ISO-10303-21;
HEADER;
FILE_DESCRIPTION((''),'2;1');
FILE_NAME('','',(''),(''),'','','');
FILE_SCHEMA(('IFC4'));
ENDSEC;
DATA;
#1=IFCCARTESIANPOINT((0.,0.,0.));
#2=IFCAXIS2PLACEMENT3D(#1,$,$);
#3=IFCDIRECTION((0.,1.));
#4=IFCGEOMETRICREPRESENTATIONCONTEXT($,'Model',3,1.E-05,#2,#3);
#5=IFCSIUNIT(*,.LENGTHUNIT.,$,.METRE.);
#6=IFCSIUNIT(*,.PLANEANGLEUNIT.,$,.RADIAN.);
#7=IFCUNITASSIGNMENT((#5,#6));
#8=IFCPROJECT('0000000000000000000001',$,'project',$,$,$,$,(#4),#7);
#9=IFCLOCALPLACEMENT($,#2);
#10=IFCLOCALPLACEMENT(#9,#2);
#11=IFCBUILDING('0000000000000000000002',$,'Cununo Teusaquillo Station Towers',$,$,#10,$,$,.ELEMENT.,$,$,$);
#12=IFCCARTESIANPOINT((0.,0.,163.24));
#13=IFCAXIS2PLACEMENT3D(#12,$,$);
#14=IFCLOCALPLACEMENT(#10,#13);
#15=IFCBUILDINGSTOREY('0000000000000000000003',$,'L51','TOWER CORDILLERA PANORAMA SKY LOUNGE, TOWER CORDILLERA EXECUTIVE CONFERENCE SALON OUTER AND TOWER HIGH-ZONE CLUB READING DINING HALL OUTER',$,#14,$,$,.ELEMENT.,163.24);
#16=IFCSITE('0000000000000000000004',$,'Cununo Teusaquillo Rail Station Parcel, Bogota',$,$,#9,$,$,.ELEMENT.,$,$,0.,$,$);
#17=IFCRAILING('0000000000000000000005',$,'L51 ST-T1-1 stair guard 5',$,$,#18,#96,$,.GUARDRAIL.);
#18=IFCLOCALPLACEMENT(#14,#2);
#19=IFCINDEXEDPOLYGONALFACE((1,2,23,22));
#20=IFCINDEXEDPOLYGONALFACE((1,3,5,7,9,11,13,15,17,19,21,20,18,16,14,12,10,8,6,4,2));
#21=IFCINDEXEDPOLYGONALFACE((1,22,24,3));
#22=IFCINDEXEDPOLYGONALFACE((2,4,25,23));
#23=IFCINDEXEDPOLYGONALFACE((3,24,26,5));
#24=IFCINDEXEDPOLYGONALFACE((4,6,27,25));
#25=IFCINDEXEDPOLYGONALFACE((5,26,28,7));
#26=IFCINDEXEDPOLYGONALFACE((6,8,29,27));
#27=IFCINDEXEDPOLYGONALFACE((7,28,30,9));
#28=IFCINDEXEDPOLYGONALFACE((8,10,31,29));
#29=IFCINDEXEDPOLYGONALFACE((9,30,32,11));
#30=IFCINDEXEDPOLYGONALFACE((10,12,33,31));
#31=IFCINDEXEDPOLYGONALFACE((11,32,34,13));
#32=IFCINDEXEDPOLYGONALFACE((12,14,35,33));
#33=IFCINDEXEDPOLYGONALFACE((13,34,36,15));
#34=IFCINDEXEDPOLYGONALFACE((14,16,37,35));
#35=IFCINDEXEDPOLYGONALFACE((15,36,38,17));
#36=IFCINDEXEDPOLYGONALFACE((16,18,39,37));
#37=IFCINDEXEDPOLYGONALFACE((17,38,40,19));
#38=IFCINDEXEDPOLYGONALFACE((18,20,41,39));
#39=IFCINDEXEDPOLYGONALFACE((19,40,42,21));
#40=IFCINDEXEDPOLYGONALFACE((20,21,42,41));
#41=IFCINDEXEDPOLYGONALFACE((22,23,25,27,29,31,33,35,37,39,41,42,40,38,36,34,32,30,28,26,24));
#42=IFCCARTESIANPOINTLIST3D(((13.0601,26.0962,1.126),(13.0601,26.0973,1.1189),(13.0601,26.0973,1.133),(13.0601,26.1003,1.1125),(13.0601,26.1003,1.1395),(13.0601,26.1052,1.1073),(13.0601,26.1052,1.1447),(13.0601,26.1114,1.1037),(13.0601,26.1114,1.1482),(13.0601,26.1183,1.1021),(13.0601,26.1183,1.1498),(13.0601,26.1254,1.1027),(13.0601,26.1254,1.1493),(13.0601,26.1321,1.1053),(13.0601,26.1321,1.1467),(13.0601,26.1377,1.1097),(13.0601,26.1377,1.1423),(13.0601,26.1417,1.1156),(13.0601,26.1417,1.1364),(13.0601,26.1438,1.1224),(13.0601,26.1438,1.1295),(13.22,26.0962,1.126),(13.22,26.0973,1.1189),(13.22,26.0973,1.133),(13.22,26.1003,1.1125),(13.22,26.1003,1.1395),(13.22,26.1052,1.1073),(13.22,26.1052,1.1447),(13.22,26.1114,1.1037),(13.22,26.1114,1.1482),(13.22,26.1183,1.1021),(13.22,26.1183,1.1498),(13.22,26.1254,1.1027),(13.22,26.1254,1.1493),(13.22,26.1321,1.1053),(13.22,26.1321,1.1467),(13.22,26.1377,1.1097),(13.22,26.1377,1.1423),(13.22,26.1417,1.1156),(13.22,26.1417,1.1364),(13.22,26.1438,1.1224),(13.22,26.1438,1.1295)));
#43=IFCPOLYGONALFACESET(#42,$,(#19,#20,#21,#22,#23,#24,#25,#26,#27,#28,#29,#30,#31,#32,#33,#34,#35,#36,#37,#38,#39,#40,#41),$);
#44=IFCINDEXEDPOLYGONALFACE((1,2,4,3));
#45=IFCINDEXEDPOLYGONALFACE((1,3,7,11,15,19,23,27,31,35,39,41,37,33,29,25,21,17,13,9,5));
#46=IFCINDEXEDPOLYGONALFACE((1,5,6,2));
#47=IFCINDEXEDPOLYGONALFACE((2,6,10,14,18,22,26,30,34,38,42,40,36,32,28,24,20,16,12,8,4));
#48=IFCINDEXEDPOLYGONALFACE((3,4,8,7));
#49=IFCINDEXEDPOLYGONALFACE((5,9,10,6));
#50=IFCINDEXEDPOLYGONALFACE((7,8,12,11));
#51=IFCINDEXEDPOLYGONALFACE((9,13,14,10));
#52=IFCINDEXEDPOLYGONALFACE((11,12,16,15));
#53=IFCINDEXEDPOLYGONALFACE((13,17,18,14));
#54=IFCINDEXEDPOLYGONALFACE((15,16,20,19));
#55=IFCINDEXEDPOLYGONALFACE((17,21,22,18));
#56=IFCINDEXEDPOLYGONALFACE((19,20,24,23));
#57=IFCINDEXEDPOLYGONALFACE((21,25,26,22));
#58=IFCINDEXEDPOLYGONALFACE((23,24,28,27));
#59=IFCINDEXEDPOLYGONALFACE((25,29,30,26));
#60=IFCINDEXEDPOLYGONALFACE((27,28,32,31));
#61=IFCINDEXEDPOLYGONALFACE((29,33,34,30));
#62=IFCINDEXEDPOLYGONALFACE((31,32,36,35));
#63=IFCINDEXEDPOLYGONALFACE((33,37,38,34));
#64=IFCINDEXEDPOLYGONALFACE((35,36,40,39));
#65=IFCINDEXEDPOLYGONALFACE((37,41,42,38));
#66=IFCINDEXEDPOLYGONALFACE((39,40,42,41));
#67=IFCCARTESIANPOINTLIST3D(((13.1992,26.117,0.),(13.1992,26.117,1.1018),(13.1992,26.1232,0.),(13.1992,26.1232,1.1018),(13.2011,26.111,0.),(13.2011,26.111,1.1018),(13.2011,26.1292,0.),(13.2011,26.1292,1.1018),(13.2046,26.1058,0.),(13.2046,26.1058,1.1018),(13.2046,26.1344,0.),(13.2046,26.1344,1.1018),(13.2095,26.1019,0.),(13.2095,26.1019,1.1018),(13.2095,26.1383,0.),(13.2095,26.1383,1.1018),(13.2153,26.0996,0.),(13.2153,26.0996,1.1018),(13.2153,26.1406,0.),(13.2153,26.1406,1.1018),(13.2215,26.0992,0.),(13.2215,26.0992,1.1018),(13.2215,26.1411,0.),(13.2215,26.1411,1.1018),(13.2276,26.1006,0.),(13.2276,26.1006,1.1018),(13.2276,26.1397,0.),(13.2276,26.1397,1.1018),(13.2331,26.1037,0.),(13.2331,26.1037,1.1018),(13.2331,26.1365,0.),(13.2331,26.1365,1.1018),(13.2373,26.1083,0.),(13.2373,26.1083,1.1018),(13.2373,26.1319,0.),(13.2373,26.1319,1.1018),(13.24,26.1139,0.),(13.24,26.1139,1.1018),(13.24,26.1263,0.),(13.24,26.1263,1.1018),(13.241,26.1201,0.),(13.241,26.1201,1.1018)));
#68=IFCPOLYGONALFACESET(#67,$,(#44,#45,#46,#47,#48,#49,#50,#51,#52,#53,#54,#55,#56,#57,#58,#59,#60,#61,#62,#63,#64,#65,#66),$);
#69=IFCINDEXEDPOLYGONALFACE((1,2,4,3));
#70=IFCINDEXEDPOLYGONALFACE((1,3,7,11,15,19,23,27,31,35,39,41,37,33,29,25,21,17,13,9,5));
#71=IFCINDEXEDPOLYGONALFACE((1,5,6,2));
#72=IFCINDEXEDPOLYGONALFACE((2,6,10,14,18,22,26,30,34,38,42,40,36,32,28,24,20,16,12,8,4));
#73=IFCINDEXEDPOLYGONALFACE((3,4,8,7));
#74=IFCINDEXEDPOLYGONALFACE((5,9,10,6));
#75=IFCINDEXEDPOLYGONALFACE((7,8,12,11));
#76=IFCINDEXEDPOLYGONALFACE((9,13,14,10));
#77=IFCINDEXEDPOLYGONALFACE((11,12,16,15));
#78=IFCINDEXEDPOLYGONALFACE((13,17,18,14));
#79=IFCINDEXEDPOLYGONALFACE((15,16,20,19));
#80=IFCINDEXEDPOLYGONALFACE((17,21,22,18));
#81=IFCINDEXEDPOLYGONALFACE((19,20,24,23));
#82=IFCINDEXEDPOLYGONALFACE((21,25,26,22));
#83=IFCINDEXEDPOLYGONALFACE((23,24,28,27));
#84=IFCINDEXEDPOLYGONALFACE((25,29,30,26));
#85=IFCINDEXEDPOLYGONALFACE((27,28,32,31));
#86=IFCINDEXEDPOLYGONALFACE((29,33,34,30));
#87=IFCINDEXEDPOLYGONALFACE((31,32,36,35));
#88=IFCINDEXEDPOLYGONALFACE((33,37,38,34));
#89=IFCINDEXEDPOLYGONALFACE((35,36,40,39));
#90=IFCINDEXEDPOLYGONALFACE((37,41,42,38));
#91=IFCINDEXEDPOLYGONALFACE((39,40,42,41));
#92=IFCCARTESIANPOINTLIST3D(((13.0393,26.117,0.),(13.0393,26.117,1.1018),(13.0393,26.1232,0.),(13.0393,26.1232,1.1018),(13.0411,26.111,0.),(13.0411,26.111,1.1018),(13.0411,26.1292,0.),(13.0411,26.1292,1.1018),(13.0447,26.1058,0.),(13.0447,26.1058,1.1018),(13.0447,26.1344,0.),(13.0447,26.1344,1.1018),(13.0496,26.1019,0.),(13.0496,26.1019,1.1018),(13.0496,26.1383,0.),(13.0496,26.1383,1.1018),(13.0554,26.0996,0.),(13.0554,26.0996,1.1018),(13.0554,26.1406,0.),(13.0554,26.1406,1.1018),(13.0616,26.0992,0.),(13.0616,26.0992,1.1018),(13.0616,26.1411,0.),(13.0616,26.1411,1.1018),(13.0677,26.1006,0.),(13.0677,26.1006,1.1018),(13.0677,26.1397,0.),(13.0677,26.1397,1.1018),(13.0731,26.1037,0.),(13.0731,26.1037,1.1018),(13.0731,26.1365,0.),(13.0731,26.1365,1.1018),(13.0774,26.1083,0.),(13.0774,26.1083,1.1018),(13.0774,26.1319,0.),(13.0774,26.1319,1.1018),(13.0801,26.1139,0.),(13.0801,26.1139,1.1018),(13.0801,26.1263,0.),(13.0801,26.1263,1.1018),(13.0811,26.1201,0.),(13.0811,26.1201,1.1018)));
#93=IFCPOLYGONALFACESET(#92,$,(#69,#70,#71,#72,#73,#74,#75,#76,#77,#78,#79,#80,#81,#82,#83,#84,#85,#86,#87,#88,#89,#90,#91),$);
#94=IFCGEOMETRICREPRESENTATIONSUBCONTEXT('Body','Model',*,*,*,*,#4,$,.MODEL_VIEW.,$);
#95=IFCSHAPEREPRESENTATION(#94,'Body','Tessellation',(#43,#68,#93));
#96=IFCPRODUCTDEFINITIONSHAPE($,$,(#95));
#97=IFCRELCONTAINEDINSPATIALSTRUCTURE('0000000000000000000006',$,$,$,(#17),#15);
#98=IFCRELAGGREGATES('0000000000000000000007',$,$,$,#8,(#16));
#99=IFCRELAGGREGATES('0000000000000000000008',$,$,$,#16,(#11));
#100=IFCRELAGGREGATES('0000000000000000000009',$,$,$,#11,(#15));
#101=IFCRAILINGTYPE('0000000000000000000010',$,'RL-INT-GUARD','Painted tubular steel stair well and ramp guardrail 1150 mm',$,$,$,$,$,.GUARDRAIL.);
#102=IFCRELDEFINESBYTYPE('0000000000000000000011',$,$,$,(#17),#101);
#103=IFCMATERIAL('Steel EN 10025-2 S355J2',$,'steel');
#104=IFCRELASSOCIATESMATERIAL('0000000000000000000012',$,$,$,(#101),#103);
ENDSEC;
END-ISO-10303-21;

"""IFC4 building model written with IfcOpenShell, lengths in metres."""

from ifc_helpers import new_model, si_unit, direction, frame, origin, origin_2d, place, context, subcontext, project, spatial, circle, extrude, material, type_object, element, save


model = new_model("IFC4")

# Units and contexts
model_context = context("Model", 3, precision=1e-05, world=origin(), true_north=direction((0.0, 1.0)))
body_context = subcontext(model_context, "Body", "Model", "MODEL_VIEW")
ifc_project = project(units=[si_unit("LENGTHUNIT", "METRE"), si_unit("PLANEANGLEUNIT", "RADIAN")], contexts=[model_context])

# Site, building, storey
site_placement = place(None, origin())
site = spatial("IfcSite", under=ifc_project, at=site_placement, Name="Cununo Teusaquillo Rail Station Parcel, Bogota", CompositionType="ELEMENT", RefElevation=0.0)
building_placement = place(site_placement, origin())
building = spatial("IfcBuilding", under=site, at=building_placement, Name="Cununo Teusaquillo Station Towers", CompositionType="ELEMENT")
storey_placement = place(building_placement, frame((0.0, 0.0, 163.24)))
storey = spatial("IfcBuildingStorey", under=building, at=storey_placement, Name="L51", Description="TOWER CORDILLERA PANORAMA SKY LOUNGE, TOWER CORDILLERA EXECUTIVE CONFERENCE SALON OUTER AND TOWER HIGH-ZONE CLUB READING DINING HALL OUTER", CompositionType="ELEMENT", Elevation=163.24)

# Railing
ifc_material_1 = material(Name="Steel EN 10025-2 S355J2", Category="steel")
railing_type_1 = type_object("IfcRailingType", Name="RL-INT-GUARD", Description="Painted tubular steel stair well and ramp guardrail 1150 mm", PredefinedType="GUARDRAIL", material=ifc_material_1)
railing_1_placement = place(storey_placement, frame((13.22, 26.1201, 0.0)))
element("IfcRailing", 1, at=railing_1_placement, inside=storey, type_object=railing_type_1, Name="L51 ST-T1-1 stair guard 5", PredefinedType="GUARDRAIL", context=body_context, shape_type="SweptSolid", body=[
    extrude(circle(Radius=0.0239, at=origin_2d()), frame((0.0, 0.0, 1.126), z_axis=(-1.0, 0.0, 0.0), x_axis=(0.0, -1.0, 0.0)), (0.0, 0.0, 1.0), 0.1599),
    extrude(circle(Radius=0.021, at=origin_2d()), origin(), (0.0, 0.0, 1.0), 1.1018),
    extrude(circle(Radius=0.021, at=origin_2d()), frame((-0.1599, 0.0, 0.0)), (0.0, 0.0, 1.0), 1.1018),
])

save(model, "model.ifc")
